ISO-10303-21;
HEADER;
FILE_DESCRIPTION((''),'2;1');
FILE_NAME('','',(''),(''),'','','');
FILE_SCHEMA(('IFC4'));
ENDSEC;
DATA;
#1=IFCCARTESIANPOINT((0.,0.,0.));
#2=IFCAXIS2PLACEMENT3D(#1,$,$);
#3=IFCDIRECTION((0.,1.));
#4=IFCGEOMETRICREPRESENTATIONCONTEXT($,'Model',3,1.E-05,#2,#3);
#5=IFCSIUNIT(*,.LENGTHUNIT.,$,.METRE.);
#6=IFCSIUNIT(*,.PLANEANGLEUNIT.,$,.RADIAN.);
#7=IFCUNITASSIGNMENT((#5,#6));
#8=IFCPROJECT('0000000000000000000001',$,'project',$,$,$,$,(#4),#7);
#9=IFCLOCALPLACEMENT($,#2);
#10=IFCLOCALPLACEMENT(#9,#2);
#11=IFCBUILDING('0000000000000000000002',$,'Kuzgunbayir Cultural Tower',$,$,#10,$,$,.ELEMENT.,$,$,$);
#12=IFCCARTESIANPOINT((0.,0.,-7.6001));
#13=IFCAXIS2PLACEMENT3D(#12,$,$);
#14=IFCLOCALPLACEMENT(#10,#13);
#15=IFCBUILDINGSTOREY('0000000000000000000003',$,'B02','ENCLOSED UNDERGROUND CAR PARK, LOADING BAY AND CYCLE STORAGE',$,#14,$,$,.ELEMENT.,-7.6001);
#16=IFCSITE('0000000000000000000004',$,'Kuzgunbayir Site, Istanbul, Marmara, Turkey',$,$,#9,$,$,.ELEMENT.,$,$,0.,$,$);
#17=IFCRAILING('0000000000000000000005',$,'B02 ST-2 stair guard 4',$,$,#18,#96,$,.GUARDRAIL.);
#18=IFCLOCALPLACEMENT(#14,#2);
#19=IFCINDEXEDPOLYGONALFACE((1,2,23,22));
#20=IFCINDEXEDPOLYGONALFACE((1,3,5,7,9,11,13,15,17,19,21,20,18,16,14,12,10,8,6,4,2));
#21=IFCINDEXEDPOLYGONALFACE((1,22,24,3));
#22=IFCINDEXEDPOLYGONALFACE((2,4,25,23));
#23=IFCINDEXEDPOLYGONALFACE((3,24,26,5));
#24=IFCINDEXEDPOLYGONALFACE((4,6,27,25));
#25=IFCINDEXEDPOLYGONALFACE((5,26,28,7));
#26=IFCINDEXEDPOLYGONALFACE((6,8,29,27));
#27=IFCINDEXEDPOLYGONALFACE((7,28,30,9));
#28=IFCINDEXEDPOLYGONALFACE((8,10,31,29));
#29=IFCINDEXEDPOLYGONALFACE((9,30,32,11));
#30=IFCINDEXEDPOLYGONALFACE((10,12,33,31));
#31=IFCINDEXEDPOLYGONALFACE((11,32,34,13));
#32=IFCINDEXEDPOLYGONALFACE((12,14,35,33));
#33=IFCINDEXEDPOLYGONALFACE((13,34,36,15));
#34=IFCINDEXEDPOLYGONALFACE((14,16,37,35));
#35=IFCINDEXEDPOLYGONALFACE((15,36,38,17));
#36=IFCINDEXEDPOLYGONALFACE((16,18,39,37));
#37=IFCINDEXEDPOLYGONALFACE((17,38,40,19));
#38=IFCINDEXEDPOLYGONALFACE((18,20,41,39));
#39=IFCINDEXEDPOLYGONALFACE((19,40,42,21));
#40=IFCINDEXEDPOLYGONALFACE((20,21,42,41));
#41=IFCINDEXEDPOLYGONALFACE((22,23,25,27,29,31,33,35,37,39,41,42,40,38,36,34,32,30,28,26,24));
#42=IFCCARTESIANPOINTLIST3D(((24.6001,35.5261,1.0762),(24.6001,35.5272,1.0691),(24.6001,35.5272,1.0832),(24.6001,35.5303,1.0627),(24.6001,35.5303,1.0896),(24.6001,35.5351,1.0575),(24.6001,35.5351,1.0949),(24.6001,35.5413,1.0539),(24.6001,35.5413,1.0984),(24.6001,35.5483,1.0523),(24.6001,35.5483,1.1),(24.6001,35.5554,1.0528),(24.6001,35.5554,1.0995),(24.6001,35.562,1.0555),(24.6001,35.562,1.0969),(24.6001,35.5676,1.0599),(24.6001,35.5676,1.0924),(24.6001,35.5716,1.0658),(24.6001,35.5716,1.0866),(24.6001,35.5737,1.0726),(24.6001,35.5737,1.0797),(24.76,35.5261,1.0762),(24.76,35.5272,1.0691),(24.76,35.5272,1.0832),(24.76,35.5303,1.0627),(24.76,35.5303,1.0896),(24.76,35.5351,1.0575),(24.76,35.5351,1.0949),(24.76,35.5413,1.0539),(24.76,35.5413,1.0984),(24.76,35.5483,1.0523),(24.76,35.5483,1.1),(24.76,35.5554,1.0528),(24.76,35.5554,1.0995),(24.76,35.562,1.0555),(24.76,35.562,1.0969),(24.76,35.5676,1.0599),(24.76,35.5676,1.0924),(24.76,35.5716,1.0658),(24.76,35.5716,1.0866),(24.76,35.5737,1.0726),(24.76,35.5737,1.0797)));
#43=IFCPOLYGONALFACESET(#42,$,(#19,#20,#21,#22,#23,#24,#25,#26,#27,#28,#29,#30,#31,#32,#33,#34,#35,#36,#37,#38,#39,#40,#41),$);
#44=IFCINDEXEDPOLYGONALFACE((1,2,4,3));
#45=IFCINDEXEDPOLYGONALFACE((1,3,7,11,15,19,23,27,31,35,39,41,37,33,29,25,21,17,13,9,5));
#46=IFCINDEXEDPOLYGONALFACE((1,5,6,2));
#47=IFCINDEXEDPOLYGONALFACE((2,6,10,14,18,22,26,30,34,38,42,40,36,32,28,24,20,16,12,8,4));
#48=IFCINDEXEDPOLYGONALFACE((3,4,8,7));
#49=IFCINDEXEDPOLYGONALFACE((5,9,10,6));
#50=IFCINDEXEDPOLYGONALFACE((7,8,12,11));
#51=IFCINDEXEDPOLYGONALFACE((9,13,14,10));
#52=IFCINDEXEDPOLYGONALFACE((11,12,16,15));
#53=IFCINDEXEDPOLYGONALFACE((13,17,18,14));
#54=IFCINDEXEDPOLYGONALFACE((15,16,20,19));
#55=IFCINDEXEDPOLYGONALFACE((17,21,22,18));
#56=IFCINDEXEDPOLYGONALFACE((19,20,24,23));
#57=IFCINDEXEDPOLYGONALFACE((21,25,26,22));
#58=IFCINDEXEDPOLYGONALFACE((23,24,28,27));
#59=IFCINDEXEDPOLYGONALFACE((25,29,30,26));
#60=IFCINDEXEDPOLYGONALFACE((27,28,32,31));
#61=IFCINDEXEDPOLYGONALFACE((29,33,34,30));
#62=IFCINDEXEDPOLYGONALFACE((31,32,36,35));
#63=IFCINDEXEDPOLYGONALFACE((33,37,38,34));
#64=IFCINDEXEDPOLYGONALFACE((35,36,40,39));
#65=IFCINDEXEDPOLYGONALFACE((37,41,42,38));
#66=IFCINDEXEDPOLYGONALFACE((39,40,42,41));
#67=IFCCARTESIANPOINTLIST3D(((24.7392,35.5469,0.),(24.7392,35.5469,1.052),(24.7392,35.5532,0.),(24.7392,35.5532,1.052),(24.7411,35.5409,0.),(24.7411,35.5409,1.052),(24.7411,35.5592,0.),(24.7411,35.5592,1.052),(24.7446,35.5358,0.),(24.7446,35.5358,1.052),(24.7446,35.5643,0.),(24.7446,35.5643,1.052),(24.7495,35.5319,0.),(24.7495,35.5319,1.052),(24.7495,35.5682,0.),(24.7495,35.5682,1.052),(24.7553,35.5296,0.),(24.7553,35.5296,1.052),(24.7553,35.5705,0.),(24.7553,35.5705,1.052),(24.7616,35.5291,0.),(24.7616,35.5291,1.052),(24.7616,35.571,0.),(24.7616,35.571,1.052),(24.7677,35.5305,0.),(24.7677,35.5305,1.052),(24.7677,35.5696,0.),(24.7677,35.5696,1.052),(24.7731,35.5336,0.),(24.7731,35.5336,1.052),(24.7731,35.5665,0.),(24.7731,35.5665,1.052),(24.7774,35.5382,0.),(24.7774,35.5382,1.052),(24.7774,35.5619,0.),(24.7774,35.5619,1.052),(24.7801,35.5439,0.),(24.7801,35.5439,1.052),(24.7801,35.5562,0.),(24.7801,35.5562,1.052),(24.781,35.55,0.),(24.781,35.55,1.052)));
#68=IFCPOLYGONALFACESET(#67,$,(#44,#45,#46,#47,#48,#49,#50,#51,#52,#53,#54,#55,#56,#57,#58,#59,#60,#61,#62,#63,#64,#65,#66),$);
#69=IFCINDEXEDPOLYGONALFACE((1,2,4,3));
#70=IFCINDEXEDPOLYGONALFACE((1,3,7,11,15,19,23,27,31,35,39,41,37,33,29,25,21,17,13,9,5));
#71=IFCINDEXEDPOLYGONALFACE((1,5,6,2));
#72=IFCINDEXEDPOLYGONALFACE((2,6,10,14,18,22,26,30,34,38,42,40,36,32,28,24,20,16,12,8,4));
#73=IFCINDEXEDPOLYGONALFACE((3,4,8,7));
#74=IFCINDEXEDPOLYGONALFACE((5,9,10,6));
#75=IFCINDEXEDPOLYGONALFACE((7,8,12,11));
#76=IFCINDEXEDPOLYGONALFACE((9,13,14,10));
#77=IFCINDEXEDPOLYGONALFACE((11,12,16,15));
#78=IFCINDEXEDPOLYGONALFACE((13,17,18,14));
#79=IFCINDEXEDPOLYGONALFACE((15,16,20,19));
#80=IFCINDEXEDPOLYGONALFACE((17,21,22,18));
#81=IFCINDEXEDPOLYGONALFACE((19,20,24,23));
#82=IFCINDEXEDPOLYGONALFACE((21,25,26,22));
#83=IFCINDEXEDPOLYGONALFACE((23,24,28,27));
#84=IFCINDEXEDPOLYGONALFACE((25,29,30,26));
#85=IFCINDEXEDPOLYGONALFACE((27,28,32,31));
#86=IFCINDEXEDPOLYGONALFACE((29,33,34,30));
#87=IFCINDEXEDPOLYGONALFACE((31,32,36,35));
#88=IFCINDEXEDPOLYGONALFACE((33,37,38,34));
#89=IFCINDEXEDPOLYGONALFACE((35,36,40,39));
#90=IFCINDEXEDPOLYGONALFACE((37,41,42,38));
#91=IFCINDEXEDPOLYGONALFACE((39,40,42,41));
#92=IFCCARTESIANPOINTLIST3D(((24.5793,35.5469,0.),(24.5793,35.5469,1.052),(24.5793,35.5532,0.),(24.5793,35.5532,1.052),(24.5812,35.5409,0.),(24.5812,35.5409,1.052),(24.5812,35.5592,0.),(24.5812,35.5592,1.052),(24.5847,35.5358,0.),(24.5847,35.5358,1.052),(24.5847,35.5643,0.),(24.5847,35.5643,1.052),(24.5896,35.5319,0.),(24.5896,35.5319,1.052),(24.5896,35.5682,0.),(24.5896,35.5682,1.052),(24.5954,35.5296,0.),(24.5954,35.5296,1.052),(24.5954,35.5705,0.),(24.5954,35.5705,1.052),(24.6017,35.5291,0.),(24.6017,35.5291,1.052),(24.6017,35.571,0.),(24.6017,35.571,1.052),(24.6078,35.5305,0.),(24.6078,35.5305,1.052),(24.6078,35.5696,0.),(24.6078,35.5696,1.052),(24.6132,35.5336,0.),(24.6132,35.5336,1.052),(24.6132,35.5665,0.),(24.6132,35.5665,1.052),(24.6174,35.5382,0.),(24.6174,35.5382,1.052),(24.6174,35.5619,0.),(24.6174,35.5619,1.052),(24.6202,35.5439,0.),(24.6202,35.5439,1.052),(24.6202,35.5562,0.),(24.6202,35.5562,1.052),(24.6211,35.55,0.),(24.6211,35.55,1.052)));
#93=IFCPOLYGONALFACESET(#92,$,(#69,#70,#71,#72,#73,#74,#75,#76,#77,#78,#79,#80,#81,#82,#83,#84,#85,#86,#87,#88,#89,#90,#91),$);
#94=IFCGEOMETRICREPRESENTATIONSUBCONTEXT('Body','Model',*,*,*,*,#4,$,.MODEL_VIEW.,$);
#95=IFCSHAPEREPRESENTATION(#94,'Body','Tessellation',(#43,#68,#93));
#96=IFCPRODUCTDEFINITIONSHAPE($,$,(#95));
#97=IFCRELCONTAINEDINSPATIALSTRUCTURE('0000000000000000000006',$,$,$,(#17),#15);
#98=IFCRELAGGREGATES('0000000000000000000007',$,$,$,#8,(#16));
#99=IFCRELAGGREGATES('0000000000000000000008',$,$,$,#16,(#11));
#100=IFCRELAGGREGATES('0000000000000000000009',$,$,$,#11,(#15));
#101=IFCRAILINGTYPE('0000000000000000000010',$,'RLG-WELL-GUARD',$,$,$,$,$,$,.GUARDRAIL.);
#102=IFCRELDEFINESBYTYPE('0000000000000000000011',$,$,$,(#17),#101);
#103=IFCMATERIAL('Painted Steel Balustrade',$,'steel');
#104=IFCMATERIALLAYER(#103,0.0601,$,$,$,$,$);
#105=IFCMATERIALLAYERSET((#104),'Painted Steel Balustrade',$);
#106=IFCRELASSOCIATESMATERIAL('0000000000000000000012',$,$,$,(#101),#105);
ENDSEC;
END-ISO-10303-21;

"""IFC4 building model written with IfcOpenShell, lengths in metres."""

from ifc_helpers import new_model, si_unit, direction, frame, origin, origin_2d, place, context, subcontext, project, spatial, circle, extrude, material, layer, layer_set, type_object, element, save


model = new_model("IFC4")

# Units and contexts
model_context = context("Model", 3, precision=1e-05, world=origin(), true_north=direction((0.0, 1.0)))
body_context = subcontext(model_context, "Body", "Model", "MODEL_VIEW")
ifc_project = project(units=[si_unit("LENGTHUNIT", "METRE"), si_unit("PLANEANGLEUNIT", "RADIAN")], contexts=[model_context])

# Site, building, storey
site_placement = place(None, origin())
site = spatial("IfcSite", under=ifc_project, at=site_placement, Name="Kuzgunbayir Site, Istanbul, Marmara, Turkey", CompositionType="ELEMENT", RefElevation=0.0)
building_placement = place(site_placement, origin())
building = spatial("IfcBuilding", under=site, at=building_placement, Name="Kuzgunbayir Cultural Tower", CompositionType="ELEMENT")
storey_placement = place(building_placement, frame((0.0, 0.0, -7.6001)))
storey = spatial("IfcBuildingStorey", under=building, at=storey_placement, Name="B02", Description="ENCLOSED UNDERGROUND CAR PARK, LOADING BAY AND CYCLE STORAGE", CompositionType="ELEMENT", Elevation=-7.6001)

# Railing
ifc_material_1 = material(Name="Painted Steel Balustrade", Category="steel")
ifc_layer_1 = layer(ifc_material_1, 0.0601)
ifc_layer_set_1 = layer_set([ifc_layer_1], Name="Painted Steel Balustrade")
railing_type_1 = type_object("IfcRailingType", Name="RLG-WELL-GUARD", PredefinedType="GUARDRAIL", material=ifc_layer_set_1)
railing_1_placement = place(storey_placement, frame((24.76, 35.55, 0.0)))
element("IfcRailing", 1, at=railing_1_placement, inside=storey, type_object=railing_type_1, Name="B02 ST-2 stair guard 4", PredefinedType="GUARDRAIL", context=body_context, shape_type="SweptSolid", body=[
    extrude(circle(Radius=0.0239, at=origin_2d()), frame((0.0, 0.0, 1.0762), z_axis=(-1.0, 0.0, 0.0), x_axis=(0.0, -1.0, 0.0)), (0.0, 0.0, 1.0), 0.1599),
    extrude(circle(Radius=0.021, at=origin_2d()), origin(), (0.0, 0.0, 1.0), 1.052),
    extrude(circle(Radius=0.021, at=origin_2d()), frame((-0.1599, 0.0, 0.0)), (0.0, 0.0, 1.0), 1.052),
])

save(model, "model.ifc")
